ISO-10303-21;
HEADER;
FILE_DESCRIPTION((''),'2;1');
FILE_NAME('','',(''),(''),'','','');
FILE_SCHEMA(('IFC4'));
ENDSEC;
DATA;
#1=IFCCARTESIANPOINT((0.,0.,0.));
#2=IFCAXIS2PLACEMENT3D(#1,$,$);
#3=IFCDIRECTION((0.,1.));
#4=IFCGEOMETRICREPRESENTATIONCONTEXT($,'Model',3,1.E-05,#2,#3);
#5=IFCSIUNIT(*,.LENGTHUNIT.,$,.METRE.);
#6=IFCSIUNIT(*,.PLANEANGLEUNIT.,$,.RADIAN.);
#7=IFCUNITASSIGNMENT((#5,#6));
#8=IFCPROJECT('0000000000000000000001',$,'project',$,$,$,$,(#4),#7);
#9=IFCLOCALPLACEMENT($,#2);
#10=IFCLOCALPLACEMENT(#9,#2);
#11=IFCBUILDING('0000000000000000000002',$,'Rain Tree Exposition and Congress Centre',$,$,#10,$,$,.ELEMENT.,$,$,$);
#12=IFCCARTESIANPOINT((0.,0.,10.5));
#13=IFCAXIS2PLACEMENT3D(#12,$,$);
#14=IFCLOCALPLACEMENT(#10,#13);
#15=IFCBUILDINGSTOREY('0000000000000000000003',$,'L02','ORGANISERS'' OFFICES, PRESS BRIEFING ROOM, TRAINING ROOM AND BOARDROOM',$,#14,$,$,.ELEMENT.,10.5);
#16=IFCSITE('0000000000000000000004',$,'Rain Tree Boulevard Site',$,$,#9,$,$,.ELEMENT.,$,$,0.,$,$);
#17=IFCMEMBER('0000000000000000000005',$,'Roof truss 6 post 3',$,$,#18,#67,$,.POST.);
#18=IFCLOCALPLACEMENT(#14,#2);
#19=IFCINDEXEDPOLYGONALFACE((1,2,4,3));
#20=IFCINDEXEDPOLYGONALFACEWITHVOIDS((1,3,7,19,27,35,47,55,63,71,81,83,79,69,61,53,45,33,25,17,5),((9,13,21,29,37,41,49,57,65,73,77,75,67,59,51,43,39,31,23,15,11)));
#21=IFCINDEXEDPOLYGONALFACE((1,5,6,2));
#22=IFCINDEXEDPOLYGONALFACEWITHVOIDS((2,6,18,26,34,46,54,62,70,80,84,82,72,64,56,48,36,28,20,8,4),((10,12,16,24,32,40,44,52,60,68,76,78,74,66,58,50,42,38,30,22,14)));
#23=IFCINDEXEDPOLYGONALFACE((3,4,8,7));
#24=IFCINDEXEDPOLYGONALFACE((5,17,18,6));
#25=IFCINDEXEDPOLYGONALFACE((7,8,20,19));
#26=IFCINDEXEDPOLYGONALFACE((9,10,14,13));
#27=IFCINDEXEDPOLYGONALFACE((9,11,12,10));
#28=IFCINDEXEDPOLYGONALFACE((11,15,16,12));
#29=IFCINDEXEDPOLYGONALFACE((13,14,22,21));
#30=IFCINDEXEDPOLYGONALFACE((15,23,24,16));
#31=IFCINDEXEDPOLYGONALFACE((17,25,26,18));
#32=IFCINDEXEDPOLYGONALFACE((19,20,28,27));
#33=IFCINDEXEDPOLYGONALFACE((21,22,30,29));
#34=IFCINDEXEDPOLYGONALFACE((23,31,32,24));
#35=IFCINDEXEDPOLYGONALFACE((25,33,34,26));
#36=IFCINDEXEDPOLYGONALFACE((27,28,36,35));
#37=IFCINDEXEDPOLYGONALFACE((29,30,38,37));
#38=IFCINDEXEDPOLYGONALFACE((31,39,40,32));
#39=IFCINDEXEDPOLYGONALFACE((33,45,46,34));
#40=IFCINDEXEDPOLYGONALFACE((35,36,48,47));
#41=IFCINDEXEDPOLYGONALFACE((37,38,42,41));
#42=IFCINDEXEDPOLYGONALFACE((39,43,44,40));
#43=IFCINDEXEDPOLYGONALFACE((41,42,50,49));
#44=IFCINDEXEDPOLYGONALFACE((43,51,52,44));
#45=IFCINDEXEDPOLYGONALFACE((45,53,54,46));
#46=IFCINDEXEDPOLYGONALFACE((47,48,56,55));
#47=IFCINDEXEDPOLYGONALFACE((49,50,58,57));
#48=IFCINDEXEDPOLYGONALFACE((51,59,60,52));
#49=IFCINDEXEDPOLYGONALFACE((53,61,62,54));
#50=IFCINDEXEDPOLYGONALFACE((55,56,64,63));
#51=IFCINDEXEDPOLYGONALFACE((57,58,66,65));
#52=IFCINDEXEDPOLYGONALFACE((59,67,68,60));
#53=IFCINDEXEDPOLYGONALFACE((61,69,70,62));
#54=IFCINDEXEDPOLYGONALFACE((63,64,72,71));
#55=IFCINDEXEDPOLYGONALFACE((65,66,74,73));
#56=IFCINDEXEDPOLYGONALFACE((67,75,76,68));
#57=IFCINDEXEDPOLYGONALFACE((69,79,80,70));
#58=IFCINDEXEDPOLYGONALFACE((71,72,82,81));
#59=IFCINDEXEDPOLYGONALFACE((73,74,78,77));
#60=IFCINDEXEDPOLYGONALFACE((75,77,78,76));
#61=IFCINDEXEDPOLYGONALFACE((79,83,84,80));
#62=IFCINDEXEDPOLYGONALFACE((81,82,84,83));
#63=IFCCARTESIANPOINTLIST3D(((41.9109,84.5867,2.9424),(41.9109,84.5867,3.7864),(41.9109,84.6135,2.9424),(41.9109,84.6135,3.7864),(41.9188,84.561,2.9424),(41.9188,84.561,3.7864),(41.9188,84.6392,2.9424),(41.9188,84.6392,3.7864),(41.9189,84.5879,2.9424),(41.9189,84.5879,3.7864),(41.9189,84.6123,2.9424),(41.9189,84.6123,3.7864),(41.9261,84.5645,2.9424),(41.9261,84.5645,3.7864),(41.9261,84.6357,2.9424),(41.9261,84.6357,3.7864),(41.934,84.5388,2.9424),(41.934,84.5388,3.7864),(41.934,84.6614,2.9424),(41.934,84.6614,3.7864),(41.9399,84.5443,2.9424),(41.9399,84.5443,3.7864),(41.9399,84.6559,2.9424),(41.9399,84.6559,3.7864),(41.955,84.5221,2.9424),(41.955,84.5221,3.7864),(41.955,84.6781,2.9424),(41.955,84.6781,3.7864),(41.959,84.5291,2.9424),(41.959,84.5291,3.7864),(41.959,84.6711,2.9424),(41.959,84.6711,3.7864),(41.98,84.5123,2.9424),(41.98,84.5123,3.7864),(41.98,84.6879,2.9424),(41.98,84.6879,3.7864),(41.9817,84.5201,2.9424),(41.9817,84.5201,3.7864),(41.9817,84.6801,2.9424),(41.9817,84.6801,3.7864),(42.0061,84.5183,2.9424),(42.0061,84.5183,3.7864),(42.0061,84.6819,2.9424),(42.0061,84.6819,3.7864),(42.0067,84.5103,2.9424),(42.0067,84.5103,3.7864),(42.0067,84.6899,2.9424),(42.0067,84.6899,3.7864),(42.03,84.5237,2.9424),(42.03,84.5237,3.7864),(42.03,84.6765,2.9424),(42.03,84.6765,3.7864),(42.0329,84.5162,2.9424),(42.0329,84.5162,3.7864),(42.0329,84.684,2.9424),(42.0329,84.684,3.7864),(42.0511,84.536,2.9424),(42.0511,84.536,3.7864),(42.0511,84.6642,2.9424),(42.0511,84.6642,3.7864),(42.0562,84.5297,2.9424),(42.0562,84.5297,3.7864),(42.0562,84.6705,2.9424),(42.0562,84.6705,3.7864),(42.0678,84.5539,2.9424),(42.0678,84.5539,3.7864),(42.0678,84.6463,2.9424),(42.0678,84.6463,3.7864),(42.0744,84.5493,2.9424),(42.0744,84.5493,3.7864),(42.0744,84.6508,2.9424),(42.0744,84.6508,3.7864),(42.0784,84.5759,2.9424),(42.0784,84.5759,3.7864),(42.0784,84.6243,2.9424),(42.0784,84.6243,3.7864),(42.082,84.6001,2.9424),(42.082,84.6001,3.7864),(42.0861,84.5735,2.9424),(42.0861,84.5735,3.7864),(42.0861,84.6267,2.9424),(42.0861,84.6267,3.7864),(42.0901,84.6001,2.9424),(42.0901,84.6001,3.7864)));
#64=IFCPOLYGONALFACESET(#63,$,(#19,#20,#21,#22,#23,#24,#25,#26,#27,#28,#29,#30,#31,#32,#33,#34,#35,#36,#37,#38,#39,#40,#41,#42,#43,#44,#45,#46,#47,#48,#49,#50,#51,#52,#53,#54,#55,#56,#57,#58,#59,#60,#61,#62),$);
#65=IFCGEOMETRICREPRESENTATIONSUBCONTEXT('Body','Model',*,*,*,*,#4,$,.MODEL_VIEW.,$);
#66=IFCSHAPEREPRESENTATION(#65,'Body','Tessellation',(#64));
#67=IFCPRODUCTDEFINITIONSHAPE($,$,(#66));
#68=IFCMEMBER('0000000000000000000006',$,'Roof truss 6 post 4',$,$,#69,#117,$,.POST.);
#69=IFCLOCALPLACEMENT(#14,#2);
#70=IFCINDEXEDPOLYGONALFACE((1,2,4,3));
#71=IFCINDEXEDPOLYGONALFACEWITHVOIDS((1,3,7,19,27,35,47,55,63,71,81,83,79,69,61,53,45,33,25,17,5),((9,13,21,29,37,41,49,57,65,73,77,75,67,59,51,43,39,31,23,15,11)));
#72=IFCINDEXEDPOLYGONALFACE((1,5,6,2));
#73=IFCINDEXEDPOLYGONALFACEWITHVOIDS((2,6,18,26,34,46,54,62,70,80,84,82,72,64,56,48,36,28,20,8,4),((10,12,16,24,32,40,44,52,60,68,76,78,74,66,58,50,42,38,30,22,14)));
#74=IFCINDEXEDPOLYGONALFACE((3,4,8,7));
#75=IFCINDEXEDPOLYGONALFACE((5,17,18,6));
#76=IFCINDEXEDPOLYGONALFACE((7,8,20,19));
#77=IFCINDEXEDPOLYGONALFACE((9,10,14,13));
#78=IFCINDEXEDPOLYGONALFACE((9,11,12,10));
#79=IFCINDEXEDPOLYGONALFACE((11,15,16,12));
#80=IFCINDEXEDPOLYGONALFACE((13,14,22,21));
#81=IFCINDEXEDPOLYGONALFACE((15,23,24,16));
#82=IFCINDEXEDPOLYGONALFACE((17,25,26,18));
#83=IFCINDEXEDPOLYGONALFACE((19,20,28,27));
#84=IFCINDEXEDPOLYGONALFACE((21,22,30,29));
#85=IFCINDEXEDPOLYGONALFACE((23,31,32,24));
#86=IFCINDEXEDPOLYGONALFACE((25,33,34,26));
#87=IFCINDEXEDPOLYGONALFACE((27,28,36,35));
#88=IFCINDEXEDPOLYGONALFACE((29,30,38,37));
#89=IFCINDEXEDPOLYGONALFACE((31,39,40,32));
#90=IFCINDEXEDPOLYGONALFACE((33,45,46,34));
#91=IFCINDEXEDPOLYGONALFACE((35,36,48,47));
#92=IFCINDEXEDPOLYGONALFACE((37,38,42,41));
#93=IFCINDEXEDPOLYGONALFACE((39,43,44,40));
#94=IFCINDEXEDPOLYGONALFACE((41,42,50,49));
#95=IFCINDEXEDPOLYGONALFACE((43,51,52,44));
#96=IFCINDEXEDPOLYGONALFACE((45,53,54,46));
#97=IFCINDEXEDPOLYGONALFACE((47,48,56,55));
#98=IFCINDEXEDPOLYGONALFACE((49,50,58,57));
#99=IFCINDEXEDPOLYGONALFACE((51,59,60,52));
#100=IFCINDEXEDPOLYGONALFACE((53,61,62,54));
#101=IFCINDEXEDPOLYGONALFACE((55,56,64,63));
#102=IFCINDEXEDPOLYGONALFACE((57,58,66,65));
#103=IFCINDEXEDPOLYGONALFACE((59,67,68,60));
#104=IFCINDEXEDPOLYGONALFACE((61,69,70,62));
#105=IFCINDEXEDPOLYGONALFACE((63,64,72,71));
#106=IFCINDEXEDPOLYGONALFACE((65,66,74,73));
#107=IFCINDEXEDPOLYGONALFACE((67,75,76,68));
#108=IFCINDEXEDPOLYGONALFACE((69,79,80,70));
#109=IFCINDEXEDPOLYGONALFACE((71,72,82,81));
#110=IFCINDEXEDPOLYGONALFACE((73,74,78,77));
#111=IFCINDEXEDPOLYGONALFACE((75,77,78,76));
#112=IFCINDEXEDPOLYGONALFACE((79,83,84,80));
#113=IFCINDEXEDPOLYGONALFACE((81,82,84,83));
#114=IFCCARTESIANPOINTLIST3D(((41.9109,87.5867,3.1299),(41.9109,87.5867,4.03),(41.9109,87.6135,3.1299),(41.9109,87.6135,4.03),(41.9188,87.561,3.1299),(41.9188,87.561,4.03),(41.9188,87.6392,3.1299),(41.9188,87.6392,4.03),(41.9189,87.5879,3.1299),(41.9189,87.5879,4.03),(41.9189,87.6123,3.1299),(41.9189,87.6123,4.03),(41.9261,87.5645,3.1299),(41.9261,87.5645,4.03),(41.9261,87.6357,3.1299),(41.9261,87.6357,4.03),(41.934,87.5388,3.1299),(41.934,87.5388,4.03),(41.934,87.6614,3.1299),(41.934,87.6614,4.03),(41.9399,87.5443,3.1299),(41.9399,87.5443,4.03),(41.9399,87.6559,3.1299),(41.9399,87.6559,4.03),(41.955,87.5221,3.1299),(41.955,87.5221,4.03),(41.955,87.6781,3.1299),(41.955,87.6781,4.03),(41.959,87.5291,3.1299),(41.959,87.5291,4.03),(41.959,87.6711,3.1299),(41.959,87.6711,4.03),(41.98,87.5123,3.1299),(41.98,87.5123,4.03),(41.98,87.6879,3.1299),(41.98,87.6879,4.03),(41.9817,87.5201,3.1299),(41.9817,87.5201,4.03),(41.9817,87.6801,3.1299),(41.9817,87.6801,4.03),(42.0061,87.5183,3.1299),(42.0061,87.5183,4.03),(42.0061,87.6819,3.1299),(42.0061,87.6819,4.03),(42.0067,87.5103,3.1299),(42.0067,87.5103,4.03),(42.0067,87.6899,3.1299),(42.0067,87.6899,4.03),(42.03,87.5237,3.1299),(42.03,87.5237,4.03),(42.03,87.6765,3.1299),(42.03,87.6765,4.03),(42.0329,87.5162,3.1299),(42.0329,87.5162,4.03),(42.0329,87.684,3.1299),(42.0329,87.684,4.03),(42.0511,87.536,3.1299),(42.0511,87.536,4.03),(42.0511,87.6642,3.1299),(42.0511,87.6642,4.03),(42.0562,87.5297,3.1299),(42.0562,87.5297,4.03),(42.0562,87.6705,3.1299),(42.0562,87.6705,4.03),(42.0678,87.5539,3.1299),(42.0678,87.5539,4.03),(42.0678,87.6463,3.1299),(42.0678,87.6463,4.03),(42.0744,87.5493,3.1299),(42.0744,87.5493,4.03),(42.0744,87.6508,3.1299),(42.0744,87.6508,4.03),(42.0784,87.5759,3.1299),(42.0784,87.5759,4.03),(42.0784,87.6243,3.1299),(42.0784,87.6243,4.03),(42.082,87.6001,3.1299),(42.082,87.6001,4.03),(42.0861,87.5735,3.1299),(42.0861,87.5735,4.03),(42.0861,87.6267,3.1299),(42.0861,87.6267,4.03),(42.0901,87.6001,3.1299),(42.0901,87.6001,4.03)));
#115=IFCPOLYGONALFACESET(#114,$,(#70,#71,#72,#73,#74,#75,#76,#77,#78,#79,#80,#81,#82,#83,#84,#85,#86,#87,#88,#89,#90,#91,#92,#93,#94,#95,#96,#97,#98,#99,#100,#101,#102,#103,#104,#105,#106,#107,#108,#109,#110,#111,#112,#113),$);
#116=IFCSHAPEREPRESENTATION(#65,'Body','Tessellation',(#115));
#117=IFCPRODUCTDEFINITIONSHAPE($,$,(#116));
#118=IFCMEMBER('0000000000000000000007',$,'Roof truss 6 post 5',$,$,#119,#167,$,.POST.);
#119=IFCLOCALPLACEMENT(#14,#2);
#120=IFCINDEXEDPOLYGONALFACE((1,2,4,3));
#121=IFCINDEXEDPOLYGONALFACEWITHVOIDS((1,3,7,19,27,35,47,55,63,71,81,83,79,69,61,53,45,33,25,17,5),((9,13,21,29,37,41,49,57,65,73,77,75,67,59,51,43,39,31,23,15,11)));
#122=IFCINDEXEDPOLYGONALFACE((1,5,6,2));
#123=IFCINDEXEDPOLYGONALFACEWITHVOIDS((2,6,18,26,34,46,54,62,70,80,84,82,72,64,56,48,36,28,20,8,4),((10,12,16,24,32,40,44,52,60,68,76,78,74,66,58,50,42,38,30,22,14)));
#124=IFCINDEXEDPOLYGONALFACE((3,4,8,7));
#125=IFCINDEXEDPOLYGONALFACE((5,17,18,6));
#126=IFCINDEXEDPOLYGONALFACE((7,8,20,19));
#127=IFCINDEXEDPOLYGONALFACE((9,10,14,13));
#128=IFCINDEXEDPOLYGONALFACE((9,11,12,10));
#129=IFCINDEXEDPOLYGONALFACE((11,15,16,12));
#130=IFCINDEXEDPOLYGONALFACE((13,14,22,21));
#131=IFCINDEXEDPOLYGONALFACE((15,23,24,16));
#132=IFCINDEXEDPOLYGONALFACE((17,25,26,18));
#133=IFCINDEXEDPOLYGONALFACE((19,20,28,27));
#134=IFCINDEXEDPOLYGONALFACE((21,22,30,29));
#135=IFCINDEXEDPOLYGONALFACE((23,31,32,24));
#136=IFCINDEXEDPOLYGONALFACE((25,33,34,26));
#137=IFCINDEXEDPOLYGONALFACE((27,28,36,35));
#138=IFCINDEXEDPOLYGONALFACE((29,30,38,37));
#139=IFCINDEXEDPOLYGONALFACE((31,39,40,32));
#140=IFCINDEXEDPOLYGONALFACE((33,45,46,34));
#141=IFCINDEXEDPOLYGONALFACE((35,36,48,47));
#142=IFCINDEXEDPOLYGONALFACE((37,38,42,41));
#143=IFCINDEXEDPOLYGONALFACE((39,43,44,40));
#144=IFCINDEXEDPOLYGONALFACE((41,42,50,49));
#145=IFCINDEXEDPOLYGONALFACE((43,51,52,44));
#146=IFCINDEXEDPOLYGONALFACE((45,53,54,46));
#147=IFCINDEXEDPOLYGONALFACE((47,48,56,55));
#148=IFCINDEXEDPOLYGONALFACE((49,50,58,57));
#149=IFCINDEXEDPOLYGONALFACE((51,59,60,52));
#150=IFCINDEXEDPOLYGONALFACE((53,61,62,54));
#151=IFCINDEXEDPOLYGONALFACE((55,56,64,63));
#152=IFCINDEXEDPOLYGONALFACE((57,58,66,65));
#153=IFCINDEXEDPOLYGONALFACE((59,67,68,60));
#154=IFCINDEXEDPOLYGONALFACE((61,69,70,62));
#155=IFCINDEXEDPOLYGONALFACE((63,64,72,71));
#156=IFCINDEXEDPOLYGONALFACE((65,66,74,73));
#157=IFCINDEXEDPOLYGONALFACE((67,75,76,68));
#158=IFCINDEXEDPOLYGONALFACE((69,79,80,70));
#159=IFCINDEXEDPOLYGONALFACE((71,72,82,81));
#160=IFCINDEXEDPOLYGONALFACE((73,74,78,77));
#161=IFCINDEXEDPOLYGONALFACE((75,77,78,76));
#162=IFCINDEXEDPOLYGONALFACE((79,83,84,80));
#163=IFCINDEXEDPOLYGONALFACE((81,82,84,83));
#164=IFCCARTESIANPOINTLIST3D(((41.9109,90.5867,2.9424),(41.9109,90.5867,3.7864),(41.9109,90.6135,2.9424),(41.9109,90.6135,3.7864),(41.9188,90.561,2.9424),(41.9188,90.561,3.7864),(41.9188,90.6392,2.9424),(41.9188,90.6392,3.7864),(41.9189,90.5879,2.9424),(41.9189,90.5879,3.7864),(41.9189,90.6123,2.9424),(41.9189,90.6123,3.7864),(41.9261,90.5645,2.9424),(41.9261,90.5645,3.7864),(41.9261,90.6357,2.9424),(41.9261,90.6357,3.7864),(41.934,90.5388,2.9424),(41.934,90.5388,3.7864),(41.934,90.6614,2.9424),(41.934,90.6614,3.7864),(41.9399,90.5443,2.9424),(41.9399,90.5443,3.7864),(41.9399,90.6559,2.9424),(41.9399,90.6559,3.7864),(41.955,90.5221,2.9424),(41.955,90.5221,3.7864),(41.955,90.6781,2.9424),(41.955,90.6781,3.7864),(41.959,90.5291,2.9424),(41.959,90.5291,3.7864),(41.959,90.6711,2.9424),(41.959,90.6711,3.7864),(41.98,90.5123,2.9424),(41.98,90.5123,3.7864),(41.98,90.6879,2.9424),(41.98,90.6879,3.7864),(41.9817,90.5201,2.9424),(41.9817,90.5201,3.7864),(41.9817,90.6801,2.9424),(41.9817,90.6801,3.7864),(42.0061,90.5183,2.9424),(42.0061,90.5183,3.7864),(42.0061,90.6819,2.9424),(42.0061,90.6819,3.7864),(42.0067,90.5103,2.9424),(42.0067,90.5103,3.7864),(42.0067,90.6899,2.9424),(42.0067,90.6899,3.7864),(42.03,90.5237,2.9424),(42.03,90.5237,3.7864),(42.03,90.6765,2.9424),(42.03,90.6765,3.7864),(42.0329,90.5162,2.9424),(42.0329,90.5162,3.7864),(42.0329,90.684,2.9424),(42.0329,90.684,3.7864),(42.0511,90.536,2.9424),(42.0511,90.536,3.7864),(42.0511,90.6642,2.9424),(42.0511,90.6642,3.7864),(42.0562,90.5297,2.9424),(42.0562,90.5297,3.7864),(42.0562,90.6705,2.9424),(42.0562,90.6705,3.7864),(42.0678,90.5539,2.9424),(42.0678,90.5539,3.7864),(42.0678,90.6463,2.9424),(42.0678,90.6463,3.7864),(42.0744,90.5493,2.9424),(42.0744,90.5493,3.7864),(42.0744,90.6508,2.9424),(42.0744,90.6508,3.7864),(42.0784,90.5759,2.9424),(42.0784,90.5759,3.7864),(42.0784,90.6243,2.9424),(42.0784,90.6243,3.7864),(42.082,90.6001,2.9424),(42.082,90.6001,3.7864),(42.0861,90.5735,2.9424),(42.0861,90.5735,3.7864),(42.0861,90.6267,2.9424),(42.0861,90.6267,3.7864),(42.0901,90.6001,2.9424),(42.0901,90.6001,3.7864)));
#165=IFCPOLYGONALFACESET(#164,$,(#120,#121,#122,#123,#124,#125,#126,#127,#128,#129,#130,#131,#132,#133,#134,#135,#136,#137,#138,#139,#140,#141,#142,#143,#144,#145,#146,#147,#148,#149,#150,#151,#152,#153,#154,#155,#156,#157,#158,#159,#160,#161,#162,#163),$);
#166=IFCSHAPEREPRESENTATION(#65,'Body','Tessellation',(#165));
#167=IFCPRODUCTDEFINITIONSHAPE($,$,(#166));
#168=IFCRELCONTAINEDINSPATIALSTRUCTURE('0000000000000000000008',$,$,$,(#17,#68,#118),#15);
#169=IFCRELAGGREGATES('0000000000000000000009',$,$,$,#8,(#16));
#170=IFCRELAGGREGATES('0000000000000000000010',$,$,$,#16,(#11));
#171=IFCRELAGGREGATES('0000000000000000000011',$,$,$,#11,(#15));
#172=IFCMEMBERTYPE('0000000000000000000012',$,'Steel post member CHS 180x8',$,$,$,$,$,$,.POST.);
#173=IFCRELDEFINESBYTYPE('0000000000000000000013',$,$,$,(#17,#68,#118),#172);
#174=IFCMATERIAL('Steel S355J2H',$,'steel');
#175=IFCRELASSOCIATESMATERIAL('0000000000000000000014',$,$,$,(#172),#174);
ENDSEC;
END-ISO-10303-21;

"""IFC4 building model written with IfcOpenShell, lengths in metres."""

from ifc_helpers import new_model, si_unit, direction, frame, origin, origin_2d, place, context, subcontext, project, spatial, hollow_circle, extrude, material, material_profile, profile_set, type_object, element, save


model = new_model("IFC4")

# Units and contexts
model_context = context("Model", 3, precision=1e-05, world=origin(), true_north=direction((0.0, 1.0)))
body_context = subcontext(model_context, "Body", "Model", "MODEL_VIEW")
ifc_project = project(units=[si_unit("LENGTHUNIT", "METRE"), si_unit("PLANEANGLEUNIT", "RADIAN")], contexts=[model_context])

# Site, building, storey
site_placement = place(None, origin())
site = spatial("IfcSite", under=ifc_project, at=site_placement, Name="Rain Tree Boulevard Site", CompositionType="ELEMENT", RefElevation=0.0)
building_placement = place(site_placement, origin())
building = spatial("IfcBuilding", under=site, at=building_placement, Name="Rain Tree Exposition and Congress Centre", CompositionType="ELEMENT")
storey_placement = place(building_placement, frame((0.0, 0.0, 10.5)))
storey = spatial("IfcBuildingStorey", under=building, at=storey_placement, Name="L02", Description="ORGANISERS' OFFICES, PRESS BRIEFING ROOM, TRAINING ROOM AND BOARDROOM", CompositionType="ELEMENT", Elevation=10.5)

# Members
ifc_material_1 = material(Name="Steel S355J2H", Category="steel")
ifc_material_profile_1 = material_profile(ifc_material_1, hollow_circle(Radius=0.0901, WallThickness=0.0081, at=origin_2d()), Name="CHS 180x8")
ifc_profile_set_1 = profile_set([ifc_material_profile_1], Name="Steel S355J2H")
member_type_1 = type_object("IfcMemberType", Name="Steel post member CHS 180x8", PredefinedType="POST", material=ifc_profile_set_1)
member_1_placement = place(storey_placement, frame((42.0, 84.6001, 2.9424), z_axis=(0.0, 0.0, 1.0), x_axis=(1.0, 0.0, 0.0)))
element("IfcMember", 1, at=member_1_placement, inside=storey, type_object=member_type_1, Name="Roof truss 6 post 3", PredefinedType="POST", context=body_context, shape_type="SweptSolid", body=[
    extrude(hollow_circle(Radius=0.0901, WallThickness=0.0081, at=origin_2d()), origin(), (0.0, 0.0, 1.0), 0.844),
])
member_2_placement = place(storey_placement, frame((42.0, 87.6001, 3.1299), z_axis=(0.0, 0.0, 1.0), x_axis=(1.0, 0.0, 0.0)))
element("IfcMember", 2, at=member_2_placement, inside=storey, type_object=member_type_1, Name="Roof truss 6 post 4", PredefinedType="POST", context=body_context, shape_type="SweptSolid", body=[
    extrude(hollow_circle(Radius=0.0901, WallThickness=0.0081, at=origin_2d()), origin(), (0.0, 0.0, 1.0), 0.9001),
])
member_3_placement = place(storey_placement, frame((42.0, 90.6001, 2.9424), z_axis=(0.0, 0.0, 1.0), x_axis=(1.0, 0.0, 0.0)))
element("IfcMember", 3, at=member_3_placement, inside=storey, type_object=member_type_1, Name="Roof truss 6 post 5", PredefinedType="POST", context=body_context, shape_type="SweptSolid", body=[
    extrude(hollow_circle(Radius=0.0901, WallThickness=0.0081, at=origin_2d()), origin(), (0.0, 0.0, 1.0), 0.844),
])

save(model, "model.ifc")
